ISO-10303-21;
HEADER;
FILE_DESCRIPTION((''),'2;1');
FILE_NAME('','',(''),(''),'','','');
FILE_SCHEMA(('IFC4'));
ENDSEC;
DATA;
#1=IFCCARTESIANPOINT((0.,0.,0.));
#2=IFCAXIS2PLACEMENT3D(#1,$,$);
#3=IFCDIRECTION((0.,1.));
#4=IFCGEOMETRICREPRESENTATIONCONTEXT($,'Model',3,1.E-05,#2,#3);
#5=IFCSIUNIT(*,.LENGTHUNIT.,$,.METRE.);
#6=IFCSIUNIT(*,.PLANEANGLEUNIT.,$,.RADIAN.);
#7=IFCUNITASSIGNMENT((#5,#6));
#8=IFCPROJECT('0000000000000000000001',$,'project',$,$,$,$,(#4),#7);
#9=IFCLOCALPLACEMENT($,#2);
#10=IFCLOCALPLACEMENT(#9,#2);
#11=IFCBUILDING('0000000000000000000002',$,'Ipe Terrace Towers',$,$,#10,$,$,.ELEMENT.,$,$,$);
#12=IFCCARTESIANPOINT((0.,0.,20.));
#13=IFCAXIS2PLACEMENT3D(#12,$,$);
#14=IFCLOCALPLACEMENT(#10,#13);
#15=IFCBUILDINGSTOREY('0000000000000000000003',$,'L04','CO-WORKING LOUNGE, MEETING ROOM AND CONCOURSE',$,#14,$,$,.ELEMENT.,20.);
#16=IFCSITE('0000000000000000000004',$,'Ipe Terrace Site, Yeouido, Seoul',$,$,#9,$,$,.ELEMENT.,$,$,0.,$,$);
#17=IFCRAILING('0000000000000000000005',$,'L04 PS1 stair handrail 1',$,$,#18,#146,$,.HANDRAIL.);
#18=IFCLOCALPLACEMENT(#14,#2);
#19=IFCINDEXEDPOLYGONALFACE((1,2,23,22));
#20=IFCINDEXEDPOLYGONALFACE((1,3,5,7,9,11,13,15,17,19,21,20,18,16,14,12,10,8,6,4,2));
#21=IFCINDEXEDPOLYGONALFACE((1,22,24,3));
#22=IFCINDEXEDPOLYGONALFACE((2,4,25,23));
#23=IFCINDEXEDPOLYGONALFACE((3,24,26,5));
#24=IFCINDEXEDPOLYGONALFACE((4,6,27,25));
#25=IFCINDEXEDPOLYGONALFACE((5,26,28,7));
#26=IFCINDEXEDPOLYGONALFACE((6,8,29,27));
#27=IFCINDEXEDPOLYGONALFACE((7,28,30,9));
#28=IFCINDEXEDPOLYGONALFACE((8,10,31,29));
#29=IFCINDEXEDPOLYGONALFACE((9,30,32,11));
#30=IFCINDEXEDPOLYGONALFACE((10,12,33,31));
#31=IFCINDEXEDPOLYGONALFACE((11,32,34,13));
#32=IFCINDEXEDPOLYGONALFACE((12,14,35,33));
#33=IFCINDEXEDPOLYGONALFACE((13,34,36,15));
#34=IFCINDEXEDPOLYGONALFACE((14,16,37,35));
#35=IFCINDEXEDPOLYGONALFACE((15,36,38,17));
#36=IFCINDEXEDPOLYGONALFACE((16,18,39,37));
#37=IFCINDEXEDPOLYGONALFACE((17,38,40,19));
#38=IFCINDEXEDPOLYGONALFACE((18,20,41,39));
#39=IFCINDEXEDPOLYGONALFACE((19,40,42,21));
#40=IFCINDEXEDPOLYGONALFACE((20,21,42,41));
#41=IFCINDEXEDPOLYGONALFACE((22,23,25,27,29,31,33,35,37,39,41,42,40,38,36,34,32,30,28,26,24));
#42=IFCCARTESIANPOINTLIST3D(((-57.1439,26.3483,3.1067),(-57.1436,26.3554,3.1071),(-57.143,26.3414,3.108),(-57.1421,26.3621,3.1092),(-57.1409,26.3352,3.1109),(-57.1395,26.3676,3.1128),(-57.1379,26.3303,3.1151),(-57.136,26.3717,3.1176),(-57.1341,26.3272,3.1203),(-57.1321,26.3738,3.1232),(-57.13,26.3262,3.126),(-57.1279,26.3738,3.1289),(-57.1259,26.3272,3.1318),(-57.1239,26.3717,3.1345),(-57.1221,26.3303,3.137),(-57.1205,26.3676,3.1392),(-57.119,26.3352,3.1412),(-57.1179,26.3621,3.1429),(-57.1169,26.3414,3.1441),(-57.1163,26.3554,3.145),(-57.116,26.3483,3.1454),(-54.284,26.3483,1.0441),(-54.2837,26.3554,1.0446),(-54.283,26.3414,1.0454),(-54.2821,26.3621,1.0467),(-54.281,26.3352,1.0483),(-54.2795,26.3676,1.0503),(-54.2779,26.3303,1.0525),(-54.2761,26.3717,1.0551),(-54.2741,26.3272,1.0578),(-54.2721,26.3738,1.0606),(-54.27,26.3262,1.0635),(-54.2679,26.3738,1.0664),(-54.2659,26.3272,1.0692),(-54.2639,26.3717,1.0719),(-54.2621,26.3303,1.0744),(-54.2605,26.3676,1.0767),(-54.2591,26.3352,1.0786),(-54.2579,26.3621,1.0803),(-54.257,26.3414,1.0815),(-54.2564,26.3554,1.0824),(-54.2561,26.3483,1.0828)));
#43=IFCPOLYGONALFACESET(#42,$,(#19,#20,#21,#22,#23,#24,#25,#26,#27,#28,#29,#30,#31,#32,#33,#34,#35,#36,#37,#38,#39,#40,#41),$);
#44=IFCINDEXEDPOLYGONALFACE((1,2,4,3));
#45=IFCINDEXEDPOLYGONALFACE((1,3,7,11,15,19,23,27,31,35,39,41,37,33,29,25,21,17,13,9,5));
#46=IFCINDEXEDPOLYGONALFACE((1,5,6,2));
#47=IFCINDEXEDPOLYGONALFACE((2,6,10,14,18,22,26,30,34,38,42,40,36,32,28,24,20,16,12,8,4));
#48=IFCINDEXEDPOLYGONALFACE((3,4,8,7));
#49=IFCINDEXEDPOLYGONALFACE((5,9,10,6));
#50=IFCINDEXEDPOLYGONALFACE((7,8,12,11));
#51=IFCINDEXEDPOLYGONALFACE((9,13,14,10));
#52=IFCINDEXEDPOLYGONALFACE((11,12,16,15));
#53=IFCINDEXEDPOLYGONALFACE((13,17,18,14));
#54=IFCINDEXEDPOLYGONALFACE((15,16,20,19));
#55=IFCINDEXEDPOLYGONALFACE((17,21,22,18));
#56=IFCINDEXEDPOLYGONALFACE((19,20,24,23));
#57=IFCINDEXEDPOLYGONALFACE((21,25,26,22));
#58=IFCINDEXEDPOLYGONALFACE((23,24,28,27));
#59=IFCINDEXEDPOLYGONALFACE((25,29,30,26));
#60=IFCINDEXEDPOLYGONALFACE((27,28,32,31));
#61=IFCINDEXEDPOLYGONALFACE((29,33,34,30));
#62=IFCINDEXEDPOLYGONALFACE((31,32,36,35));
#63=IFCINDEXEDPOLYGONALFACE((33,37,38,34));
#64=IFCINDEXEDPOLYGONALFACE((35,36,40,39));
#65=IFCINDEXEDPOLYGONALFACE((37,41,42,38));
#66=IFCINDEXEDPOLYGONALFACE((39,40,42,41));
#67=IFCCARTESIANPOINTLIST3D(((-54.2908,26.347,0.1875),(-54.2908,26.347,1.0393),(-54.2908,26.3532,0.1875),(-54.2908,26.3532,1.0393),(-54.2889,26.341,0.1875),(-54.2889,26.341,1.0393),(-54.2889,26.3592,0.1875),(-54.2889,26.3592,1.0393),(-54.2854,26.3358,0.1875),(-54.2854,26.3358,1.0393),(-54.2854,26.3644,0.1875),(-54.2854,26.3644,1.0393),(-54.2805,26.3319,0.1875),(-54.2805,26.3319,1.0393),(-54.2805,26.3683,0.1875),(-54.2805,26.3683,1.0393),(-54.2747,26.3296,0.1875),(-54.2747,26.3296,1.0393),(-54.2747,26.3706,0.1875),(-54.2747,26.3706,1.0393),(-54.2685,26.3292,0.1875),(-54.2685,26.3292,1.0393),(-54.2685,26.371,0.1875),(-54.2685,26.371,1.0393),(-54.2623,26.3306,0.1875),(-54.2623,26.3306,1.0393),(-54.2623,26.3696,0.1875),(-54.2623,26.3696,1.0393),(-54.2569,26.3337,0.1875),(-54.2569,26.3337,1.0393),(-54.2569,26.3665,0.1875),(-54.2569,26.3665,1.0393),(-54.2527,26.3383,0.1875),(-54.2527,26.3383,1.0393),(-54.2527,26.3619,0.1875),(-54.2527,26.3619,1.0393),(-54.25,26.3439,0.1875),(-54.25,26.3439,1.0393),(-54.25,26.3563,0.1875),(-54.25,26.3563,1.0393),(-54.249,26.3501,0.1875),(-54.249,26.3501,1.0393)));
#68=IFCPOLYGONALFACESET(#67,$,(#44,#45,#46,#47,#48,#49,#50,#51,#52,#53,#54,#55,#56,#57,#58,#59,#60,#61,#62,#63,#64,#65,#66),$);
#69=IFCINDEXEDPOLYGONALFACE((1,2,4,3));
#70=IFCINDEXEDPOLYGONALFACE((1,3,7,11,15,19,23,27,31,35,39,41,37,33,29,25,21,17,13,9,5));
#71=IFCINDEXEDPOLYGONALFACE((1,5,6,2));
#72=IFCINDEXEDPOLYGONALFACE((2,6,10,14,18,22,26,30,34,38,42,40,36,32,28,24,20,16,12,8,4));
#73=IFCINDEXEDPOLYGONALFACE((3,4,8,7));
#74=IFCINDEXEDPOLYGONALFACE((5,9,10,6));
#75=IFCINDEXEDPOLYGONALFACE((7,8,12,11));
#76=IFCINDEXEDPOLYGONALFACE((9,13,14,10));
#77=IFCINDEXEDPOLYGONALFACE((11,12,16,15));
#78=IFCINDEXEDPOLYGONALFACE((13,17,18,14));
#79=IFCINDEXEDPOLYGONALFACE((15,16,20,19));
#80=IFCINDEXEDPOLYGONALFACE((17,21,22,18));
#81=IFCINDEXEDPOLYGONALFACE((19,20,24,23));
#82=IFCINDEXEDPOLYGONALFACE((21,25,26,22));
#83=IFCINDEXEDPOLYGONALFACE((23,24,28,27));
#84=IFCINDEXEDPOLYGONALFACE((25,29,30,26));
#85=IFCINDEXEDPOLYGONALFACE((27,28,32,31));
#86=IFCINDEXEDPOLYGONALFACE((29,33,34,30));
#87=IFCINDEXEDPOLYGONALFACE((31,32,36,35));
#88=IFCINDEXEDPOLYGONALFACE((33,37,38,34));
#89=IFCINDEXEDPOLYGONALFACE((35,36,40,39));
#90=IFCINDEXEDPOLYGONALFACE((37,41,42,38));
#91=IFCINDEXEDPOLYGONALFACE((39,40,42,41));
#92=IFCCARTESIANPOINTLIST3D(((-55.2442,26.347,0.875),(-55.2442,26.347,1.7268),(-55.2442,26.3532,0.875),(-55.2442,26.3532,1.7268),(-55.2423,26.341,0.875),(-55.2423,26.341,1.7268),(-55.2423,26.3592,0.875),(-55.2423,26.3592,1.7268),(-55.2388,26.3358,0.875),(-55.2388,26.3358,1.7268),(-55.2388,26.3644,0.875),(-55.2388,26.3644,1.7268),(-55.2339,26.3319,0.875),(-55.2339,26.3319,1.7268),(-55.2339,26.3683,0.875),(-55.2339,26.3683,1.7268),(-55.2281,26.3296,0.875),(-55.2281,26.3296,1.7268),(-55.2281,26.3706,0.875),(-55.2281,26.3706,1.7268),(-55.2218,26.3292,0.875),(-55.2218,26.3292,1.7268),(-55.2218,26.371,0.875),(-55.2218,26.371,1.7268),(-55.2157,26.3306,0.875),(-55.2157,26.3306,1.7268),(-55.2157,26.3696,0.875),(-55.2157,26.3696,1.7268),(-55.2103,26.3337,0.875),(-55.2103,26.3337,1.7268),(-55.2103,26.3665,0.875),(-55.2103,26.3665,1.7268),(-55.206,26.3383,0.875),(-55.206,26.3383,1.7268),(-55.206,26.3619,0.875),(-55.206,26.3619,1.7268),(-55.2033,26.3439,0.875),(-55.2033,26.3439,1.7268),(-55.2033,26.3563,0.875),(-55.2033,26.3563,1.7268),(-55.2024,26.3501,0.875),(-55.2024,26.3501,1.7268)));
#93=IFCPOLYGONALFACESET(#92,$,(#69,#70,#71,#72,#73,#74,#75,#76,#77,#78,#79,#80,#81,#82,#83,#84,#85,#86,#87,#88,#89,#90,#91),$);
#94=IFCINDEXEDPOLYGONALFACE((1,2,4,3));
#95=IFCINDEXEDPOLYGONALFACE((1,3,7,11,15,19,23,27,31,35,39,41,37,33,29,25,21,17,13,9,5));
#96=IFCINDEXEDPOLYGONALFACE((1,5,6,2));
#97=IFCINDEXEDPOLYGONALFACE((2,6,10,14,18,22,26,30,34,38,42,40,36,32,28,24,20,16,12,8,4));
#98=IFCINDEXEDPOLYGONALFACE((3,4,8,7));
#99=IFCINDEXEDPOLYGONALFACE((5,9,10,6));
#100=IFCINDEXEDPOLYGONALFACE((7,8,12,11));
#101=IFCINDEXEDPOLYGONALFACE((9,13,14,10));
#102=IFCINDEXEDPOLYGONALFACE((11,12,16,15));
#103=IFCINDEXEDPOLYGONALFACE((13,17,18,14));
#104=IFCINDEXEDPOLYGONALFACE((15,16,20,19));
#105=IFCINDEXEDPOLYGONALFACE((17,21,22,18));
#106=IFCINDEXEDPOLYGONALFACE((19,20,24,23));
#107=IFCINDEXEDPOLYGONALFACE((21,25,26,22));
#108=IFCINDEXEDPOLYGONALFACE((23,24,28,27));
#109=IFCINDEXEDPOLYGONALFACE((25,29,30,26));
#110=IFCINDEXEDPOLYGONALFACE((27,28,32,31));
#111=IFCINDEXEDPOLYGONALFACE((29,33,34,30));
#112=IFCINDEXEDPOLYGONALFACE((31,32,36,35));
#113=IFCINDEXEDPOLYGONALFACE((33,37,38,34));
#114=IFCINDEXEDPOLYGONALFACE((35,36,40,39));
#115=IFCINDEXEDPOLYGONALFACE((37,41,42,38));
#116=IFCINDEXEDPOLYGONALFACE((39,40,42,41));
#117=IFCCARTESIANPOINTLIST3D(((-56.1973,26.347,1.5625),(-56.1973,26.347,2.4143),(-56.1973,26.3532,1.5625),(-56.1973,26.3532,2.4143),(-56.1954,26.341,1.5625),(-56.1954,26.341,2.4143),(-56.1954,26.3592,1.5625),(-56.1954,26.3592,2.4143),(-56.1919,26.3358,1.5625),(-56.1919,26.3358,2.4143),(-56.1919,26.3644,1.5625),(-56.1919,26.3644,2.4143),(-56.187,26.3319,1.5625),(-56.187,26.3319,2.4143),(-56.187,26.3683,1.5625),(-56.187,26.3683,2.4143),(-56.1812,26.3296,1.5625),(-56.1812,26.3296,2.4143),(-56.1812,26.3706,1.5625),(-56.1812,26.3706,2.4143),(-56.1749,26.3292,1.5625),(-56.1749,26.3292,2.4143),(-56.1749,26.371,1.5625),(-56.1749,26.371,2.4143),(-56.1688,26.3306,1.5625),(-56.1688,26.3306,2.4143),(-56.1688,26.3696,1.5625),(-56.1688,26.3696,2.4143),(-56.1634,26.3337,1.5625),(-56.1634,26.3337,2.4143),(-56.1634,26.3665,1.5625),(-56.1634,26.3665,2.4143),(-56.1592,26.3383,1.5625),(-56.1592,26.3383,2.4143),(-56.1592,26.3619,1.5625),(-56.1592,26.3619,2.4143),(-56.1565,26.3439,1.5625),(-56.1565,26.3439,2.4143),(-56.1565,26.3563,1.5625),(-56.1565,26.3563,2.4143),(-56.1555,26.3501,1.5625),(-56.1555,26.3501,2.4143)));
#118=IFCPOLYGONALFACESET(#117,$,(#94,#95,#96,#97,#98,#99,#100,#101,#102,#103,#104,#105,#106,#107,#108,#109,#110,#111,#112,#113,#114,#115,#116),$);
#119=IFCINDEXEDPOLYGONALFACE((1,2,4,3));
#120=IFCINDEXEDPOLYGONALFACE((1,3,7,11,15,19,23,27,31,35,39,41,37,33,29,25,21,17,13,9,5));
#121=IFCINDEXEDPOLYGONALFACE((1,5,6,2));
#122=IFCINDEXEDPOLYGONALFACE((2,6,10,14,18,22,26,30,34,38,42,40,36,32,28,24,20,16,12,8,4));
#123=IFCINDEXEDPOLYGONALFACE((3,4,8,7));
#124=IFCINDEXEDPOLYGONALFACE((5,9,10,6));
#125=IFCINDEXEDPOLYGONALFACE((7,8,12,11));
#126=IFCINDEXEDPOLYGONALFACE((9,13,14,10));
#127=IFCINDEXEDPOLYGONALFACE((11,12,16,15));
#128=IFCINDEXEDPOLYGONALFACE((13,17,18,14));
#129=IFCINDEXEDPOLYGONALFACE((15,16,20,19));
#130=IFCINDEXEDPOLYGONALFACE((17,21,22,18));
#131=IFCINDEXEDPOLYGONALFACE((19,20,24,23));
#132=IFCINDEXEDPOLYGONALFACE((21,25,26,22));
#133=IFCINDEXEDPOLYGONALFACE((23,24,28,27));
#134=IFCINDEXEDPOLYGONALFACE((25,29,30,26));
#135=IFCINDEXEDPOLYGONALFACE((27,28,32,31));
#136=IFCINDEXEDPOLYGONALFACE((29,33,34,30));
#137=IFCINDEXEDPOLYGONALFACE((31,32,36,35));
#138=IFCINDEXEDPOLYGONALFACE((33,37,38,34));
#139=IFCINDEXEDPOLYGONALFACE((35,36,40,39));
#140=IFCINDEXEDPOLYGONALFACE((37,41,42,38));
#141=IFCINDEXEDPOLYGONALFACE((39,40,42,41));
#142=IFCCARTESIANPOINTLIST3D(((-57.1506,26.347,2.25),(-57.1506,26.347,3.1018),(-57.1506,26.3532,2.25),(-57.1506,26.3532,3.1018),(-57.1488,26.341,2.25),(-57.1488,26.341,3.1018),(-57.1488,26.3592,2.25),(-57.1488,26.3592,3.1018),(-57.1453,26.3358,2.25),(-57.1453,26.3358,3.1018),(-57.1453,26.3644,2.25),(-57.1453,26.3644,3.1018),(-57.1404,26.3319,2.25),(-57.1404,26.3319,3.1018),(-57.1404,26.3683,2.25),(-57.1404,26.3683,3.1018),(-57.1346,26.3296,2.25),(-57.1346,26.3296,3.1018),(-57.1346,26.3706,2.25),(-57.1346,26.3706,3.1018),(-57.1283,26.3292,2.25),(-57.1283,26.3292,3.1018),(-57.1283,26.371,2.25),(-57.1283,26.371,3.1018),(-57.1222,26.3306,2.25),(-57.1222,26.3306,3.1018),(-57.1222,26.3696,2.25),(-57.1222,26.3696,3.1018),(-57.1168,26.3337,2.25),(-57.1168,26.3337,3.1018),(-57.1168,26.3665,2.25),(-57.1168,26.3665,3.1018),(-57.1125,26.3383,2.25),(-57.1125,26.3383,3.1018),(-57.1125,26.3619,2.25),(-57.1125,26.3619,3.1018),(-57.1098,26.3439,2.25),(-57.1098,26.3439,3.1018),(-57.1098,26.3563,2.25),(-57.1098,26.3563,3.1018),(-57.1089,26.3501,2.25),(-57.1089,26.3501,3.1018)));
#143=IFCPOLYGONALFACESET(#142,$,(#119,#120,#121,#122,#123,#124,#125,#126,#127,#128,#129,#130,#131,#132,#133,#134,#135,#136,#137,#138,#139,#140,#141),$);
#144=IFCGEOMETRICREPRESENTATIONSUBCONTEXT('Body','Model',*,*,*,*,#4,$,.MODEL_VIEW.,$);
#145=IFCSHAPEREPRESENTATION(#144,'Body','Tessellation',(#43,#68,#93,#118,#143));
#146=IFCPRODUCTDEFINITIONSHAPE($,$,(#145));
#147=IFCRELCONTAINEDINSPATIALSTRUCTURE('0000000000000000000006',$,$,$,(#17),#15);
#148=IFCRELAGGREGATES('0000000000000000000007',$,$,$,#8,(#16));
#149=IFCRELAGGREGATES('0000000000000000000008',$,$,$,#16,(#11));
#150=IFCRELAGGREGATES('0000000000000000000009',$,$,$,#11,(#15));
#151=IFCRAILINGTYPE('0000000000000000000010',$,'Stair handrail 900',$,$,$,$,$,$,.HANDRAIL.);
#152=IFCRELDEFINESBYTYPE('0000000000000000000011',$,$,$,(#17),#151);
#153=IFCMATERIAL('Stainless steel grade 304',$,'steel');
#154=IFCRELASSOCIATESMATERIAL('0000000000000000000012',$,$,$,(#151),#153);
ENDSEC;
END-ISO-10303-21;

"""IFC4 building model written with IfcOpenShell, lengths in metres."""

from ifc_helpers import new_model, si_unit, direction, frame, origin, origin_2d, place, context, subcontext, project, spatial, circle, extrude, material, type_object, element, save


model = new_model("IFC4")

# Units and contexts
model_context = context("Model", 3, precision=1e-05, world=origin(), true_north=direction((0.0, 1.0)))
body_context = subcontext(model_context, "Body", "Model", "MODEL_VIEW")
ifc_project = project(units=[si_unit("LENGTHUNIT", "METRE"), si_unit("PLANEANGLEUNIT", "RADIAN")], contexts=[model_context])

# Site, building, storey
site_placement = place(None, origin())
site = spatial("IfcSite", under=ifc_project, at=site_placement, Name="Ipe Terrace Site, Yeouido, Seoul", CompositionType="ELEMENT", RefElevation=0.0)
building_placement = place(site_placement, origin())
building = spatial("IfcBuilding", under=site, at=building_placement, Name="Ipe Terrace Towers", CompositionType="ELEMENT")
storey_placement = place(building_placement, frame((0.0, 0.0, 20.0)))
storey = spatial("IfcBuildingStorey", under=building, at=storey_placement, Name="L04", Description="CO-WORKING LOUNGE, MEETING ROOM AND CONCOURSE", CompositionType="ELEMENT", Elevation=20.0)

# Railing
ifc_material_1 = material(Name="Stainless steel grade 304", Category="steel")
railing_type_1 = type_object("IfcRailingType", Name="Stair handrail 900", PredefinedType="HANDRAIL", material=ifc_material_1)
railing_1_placement = place(storey_placement, frame((-54.27, 26.3501, 0.1875)))
element("IfcRailing", 1, at=railing_1_placement, inside=storey, type_object=railing_type_1, Name="L04 PS1 stair handrail 1", PredefinedType="HANDRAIL", context=body_context, shape_type="SweptSolid", body=[
    extrude(circle(Radius=0.0239, at=origin_2d()), frame((0.0, 0.0, 0.876), z_axis=(-0.811077, 0.0, 0.584939), x_axis=(0.0, -1.0, 0.0)), (0.0, 0.0, 1.0), 3.5261),
    extrude(circle(Radius=0.021, at=origin_2d()), origin(), (0.0, 0.0, 1.0), 0.8518),
    extrude(circle(Radius=0.021, at=origin_2d()), frame((-0.9534, 0.0, 0.6875)), (0.0, 0.0, 1.0), 0.8518),
    extrude(circle(Radius=0.021, at=origin_2d()), frame((-1.9065, 0.0, 1.375)), (0.0, 0.0, 1.0), 0.8518),
    extrude(circle(Radius=0.021, at=origin_2d()), frame((-2.8599, 0.0, 2.0625)), (0.0, 0.0, 1.0), 0.8518),
])

save(model, "model.ifc")
